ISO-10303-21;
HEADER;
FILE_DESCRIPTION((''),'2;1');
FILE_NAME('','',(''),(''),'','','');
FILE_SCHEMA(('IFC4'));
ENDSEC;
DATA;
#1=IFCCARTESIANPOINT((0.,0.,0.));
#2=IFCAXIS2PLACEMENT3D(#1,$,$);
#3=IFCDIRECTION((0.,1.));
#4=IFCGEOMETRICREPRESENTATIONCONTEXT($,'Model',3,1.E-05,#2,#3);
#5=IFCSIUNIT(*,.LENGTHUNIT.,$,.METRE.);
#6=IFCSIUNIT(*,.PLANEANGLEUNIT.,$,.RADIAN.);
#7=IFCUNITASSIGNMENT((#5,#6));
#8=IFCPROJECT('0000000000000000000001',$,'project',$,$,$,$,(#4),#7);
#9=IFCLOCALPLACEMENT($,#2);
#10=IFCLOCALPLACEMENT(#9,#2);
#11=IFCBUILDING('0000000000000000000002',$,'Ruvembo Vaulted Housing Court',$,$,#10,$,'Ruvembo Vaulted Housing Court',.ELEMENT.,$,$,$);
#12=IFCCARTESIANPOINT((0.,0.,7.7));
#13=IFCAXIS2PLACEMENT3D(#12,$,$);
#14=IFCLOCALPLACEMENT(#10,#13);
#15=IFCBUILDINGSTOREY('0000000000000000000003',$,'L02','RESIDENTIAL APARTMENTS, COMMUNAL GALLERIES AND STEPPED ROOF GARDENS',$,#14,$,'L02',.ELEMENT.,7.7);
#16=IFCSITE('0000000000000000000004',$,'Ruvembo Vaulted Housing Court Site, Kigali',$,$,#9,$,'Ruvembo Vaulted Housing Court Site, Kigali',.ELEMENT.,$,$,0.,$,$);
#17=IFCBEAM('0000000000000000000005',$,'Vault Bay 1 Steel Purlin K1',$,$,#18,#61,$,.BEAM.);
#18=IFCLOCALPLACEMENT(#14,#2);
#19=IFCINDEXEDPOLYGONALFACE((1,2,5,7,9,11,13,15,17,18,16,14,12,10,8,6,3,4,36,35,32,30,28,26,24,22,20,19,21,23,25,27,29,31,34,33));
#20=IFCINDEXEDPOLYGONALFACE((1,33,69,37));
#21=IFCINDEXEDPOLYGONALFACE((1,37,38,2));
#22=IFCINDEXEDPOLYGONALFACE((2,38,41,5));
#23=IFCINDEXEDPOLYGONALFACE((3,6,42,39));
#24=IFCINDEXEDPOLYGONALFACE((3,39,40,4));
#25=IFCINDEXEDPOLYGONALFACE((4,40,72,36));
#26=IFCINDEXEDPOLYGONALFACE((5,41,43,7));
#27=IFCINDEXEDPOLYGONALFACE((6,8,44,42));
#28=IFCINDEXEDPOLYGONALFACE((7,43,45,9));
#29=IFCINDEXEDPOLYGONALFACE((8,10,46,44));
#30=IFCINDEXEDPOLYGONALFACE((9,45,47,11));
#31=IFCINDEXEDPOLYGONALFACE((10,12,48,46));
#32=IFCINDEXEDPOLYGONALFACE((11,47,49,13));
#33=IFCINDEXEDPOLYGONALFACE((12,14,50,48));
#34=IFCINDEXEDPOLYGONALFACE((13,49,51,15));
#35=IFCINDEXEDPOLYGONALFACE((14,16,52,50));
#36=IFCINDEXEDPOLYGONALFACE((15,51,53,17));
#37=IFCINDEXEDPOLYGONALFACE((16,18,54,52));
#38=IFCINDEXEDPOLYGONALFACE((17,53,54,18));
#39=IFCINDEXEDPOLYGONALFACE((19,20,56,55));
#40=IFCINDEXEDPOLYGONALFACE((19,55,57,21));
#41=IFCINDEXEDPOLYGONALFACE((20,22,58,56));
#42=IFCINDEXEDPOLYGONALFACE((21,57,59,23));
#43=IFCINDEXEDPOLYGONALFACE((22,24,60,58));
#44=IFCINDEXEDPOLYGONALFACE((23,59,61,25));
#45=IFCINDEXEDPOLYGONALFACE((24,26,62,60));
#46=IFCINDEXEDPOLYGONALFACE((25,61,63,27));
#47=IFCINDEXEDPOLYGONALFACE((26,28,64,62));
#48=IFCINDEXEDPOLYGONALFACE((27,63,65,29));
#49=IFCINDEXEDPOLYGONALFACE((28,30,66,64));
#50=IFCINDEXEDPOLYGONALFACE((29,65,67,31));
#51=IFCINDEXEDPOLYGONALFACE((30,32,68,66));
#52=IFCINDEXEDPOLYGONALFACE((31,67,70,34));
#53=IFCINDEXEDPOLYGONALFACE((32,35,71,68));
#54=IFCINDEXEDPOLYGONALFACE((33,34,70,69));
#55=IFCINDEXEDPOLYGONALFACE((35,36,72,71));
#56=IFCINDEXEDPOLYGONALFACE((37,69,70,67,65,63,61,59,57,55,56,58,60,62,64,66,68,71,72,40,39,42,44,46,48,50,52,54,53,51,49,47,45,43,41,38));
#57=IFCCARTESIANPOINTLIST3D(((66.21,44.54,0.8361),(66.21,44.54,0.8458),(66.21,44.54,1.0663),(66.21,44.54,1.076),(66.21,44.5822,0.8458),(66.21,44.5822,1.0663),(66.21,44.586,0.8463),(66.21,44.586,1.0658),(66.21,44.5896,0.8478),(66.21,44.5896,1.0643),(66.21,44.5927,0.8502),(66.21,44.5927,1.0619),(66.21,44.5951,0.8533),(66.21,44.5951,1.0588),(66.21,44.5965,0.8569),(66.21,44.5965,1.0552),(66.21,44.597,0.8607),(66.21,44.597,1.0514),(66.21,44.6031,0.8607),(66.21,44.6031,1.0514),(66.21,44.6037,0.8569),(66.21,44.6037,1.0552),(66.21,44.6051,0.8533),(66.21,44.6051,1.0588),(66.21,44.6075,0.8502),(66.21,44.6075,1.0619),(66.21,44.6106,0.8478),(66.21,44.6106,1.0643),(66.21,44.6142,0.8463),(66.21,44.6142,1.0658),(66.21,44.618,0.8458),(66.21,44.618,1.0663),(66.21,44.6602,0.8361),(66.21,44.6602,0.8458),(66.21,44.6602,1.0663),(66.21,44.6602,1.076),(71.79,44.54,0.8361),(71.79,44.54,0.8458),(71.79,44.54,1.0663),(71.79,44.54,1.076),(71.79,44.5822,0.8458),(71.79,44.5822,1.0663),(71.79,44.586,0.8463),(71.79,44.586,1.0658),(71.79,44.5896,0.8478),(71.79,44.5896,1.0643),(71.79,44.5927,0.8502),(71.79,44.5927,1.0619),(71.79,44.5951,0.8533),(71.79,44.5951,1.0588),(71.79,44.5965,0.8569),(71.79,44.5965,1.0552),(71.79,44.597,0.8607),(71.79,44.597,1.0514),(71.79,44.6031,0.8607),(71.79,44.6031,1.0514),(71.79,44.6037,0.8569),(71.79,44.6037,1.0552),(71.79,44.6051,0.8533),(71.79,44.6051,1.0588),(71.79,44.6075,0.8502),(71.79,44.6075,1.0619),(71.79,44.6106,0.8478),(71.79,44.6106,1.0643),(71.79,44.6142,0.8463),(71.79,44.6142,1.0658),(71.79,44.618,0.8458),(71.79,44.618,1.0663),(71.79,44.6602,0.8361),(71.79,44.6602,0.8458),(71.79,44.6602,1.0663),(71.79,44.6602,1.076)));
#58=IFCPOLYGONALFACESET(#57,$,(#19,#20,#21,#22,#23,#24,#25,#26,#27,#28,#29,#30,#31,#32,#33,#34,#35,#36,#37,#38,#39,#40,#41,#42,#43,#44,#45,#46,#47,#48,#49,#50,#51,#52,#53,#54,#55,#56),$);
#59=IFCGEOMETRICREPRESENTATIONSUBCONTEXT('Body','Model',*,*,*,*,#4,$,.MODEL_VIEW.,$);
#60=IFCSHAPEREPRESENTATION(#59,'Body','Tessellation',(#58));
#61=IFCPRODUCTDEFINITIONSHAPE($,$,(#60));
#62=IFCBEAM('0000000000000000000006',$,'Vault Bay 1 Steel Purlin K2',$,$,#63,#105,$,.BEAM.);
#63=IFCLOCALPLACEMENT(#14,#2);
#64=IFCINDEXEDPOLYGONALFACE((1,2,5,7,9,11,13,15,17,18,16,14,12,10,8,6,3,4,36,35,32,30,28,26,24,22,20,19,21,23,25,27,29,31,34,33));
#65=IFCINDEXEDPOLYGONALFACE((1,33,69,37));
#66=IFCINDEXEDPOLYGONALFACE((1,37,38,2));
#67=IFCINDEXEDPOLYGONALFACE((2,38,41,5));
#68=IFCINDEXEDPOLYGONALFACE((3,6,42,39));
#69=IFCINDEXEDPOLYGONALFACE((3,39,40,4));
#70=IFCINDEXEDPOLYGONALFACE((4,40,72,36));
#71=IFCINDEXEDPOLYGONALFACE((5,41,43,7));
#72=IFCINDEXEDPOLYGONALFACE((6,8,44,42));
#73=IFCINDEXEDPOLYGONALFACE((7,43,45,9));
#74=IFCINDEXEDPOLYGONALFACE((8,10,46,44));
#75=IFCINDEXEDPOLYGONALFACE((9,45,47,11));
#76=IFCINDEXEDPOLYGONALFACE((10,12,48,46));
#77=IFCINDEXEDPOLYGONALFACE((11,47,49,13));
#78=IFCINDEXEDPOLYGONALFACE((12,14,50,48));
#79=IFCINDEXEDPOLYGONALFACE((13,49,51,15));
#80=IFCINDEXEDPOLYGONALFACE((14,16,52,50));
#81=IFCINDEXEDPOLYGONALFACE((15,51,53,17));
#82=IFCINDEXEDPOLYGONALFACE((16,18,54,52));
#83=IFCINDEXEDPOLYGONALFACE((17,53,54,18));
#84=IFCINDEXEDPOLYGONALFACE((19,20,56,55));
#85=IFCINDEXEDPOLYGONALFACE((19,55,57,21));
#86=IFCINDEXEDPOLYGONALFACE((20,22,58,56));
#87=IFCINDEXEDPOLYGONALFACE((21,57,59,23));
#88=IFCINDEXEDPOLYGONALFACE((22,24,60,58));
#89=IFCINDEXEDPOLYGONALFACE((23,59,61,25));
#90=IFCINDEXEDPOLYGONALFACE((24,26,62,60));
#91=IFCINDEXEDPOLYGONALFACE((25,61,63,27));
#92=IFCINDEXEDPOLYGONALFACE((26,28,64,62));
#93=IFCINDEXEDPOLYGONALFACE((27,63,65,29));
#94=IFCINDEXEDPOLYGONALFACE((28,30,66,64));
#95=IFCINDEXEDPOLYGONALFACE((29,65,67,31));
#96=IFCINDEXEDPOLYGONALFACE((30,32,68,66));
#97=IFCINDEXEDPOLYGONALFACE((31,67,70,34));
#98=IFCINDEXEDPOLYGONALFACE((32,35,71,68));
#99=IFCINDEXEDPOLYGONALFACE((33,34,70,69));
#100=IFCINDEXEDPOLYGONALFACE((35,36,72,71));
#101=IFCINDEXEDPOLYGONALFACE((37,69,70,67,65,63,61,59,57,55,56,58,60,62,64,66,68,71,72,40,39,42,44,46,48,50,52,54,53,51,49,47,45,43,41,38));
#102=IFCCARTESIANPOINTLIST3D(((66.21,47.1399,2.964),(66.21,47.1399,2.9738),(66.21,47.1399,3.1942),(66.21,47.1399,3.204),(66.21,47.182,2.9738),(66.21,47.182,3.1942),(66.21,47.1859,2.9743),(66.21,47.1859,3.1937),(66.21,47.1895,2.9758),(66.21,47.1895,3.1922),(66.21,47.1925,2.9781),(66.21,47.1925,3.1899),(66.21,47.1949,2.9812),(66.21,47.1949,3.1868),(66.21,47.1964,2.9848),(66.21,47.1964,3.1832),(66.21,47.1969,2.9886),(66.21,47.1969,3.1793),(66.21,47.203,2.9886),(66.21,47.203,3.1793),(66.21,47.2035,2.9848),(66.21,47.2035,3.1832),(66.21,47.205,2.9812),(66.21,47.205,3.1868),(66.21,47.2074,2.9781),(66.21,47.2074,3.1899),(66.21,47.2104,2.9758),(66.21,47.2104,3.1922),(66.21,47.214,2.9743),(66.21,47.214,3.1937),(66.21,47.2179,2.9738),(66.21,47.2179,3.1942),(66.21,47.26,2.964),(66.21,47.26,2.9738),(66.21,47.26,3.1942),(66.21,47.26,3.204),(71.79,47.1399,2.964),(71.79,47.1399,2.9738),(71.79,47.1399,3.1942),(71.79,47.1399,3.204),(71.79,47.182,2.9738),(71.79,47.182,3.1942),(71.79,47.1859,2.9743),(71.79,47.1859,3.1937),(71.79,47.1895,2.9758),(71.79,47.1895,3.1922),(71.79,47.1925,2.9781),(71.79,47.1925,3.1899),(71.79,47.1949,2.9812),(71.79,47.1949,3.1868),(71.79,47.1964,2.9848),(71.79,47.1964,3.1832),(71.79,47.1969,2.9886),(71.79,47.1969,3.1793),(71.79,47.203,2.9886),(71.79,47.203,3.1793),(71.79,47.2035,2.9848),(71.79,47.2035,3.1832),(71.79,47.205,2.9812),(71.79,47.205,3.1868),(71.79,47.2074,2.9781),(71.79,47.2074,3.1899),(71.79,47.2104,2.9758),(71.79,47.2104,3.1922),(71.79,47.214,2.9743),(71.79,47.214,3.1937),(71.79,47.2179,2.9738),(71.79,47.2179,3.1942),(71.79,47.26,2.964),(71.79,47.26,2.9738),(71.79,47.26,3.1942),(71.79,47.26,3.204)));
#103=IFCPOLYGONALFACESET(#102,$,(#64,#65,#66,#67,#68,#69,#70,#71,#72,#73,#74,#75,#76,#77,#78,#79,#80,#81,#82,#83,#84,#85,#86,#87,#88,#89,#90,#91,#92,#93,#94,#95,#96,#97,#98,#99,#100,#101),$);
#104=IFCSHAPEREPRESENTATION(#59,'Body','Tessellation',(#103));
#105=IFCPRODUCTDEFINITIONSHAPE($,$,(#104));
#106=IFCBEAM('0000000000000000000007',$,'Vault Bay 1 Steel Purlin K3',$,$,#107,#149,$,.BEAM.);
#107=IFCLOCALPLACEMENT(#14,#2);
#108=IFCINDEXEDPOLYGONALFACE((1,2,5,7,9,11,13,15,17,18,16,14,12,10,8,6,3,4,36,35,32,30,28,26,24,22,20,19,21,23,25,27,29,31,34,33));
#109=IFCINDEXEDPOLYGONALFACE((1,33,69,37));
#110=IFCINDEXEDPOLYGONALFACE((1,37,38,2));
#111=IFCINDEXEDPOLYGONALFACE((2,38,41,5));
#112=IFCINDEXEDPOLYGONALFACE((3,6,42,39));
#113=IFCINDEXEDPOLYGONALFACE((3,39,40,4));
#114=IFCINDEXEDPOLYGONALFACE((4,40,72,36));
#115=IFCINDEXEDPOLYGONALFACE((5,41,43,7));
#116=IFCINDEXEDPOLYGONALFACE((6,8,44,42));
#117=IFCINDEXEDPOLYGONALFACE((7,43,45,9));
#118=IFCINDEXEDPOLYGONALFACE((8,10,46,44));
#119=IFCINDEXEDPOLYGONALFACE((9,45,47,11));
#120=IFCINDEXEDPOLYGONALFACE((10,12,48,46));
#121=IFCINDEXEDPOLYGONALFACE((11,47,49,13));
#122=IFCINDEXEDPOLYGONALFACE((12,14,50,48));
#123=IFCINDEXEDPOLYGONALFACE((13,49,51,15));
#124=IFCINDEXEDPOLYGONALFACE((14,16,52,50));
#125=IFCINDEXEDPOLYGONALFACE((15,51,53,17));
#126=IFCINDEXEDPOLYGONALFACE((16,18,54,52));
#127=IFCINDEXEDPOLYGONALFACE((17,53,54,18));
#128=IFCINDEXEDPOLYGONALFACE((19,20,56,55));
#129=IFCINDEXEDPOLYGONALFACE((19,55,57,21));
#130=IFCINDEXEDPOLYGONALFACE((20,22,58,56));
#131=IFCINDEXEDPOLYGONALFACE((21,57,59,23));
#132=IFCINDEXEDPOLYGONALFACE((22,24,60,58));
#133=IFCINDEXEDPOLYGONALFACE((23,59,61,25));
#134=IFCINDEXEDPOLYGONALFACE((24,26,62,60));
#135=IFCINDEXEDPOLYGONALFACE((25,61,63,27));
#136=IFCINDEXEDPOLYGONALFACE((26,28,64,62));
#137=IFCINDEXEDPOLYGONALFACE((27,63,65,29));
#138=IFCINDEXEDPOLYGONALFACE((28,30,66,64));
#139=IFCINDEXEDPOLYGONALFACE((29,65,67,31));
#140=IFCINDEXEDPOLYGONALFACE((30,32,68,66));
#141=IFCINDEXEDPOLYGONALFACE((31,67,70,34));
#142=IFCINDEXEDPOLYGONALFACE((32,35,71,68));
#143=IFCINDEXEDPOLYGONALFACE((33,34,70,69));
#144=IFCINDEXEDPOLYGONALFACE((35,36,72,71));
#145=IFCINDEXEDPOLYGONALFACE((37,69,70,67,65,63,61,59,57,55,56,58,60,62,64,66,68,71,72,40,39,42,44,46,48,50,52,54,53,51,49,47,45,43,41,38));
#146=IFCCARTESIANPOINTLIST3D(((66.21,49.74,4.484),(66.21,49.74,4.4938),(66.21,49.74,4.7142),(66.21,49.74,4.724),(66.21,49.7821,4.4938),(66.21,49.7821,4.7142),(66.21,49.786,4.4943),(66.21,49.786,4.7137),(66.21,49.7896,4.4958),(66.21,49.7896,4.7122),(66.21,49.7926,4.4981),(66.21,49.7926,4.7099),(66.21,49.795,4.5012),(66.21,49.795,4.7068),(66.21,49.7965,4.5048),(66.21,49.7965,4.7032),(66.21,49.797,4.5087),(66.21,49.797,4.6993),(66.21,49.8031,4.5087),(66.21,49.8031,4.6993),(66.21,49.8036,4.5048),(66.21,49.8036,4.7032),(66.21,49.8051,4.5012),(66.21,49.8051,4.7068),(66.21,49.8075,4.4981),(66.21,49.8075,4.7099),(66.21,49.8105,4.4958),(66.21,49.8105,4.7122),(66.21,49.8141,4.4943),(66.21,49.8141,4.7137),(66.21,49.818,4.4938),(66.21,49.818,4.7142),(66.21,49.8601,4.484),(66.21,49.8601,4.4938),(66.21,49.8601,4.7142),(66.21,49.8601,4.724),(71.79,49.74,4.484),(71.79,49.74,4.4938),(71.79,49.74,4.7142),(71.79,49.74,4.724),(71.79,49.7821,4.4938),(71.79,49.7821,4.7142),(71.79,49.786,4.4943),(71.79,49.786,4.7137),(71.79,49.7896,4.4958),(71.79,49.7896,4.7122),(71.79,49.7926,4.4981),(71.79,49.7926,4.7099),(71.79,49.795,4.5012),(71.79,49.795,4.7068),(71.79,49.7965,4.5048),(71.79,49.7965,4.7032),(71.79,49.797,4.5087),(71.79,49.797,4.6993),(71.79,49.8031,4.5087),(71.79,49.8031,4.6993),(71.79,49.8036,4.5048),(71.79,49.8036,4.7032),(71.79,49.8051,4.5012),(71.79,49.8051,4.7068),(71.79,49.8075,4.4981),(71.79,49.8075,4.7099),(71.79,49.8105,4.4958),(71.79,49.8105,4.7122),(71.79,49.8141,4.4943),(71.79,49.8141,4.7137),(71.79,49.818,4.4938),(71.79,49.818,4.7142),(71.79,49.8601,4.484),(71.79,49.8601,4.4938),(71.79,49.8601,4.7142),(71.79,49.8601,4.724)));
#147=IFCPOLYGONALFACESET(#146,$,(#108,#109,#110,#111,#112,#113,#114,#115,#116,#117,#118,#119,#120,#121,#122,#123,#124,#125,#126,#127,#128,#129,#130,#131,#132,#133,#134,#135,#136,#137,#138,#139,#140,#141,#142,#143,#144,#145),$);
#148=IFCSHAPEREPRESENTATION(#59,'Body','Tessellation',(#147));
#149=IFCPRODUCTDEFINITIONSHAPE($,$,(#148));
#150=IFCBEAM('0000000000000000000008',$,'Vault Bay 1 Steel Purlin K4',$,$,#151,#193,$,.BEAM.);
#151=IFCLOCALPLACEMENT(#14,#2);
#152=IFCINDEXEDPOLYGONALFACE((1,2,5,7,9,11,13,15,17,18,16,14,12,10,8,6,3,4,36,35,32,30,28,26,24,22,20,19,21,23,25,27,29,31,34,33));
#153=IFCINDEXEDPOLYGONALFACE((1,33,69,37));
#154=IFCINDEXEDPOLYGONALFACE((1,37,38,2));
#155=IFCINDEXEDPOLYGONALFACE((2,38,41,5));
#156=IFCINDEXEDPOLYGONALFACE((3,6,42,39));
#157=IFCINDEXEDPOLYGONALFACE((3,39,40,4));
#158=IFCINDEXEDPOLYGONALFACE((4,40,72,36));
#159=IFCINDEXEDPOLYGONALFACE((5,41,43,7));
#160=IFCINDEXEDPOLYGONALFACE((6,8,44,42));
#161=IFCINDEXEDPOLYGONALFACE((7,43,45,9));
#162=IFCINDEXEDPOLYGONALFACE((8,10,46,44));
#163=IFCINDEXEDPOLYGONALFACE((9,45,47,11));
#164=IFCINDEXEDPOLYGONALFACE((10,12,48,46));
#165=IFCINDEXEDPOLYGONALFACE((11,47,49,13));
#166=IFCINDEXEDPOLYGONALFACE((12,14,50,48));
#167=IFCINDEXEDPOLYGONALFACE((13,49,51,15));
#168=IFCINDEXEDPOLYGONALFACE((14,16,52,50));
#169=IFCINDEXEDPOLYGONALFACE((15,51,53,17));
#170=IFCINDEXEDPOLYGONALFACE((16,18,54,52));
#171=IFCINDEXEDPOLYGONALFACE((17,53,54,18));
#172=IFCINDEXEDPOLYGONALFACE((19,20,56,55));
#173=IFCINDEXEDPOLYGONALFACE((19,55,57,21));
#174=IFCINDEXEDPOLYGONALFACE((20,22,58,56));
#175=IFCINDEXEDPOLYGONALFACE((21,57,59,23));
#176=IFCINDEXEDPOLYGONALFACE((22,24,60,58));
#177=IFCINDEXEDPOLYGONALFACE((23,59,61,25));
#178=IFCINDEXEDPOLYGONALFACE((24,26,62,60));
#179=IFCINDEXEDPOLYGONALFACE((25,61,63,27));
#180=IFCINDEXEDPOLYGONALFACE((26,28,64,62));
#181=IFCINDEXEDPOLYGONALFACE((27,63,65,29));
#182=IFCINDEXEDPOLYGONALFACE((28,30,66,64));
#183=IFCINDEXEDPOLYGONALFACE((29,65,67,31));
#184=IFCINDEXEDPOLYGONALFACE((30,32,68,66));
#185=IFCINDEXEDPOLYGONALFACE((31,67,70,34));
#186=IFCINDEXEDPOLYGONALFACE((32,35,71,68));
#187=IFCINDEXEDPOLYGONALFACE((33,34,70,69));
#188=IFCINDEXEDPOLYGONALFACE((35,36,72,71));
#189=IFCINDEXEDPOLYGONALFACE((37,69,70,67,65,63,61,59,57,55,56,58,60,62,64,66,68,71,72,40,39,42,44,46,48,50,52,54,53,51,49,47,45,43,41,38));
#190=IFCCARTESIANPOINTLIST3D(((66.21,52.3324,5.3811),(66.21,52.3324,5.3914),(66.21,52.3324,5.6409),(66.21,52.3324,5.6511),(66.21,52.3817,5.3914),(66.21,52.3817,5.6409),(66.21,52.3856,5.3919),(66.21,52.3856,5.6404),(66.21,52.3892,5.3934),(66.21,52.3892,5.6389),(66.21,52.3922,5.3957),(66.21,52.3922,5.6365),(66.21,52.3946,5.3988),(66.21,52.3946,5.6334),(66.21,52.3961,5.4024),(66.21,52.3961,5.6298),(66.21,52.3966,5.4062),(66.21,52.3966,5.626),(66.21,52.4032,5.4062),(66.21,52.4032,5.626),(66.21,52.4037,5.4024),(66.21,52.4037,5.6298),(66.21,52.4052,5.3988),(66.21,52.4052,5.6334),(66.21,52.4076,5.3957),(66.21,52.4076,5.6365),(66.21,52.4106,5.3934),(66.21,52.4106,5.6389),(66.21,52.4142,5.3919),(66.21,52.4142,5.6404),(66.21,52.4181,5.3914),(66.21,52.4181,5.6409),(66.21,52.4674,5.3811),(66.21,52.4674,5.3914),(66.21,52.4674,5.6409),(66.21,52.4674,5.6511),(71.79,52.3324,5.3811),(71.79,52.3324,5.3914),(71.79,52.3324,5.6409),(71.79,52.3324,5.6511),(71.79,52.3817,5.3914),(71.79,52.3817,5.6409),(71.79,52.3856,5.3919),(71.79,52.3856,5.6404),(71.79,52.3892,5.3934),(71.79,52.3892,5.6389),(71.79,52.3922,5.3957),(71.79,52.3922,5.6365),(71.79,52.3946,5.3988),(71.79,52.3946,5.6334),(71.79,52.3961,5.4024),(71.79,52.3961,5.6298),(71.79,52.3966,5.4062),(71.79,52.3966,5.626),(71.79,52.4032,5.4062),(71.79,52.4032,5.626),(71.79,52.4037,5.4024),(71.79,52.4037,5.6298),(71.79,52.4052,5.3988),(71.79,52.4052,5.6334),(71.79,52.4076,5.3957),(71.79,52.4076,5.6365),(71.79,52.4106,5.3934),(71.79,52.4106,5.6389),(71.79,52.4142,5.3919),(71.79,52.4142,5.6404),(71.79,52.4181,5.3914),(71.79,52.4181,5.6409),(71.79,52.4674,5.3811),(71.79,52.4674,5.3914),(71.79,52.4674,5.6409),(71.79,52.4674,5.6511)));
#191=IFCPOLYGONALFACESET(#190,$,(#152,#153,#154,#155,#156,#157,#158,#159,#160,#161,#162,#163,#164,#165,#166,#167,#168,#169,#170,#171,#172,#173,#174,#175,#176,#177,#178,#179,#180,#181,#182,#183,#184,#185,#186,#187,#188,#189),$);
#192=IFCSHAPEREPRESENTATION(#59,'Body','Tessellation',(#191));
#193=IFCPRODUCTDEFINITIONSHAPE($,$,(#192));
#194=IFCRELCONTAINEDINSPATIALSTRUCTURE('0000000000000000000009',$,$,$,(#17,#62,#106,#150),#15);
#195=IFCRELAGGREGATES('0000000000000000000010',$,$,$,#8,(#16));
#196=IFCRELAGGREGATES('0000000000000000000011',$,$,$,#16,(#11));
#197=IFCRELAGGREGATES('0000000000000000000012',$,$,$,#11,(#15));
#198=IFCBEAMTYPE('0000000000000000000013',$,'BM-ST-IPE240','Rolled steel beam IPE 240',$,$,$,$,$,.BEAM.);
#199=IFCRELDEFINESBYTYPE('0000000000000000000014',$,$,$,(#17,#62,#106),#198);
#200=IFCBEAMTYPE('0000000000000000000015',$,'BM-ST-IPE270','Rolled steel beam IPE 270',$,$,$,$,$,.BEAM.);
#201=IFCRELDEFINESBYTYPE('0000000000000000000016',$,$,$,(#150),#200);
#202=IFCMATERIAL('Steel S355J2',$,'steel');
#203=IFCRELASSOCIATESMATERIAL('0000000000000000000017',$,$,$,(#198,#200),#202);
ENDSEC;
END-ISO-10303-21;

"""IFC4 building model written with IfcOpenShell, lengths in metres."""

from ifc_helpers import new_model, si_unit, direction, frame, origin, origin_2d, place, context, subcontext, project, spatial, i_section, extrude, material, material_profile, profile_set, type_object, element, save


model = new_model("IFC4")

# Units and contexts
model_context = context("Model", 3, precision=1e-05, world=origin(), true_north=direction((0.0, 1.0)))
body_context = subcontext(model_context, "Body", "Model", "MODEL_VIEW")
ifc_project = project(units=[si_unit("LENGTHUNIT", "METRE"), si_unit("PLANEANGLEUNIT", "RADIAN")], contexts=[model_context])

# Site, building, storey
site_placement = place(None, origin())
site = spatial("IfcSite", under=ifc_project, at=site_placement, Name="Ruvembo Vaulted Housing Court Site, Kigali", LongName="Ruvembo Vaulted Housing Court Site, Kigali", CompositionType="ELEMENT", RefElevation=0.0)
building_placement = place(site_placement, origin())
building = spatial("IfcBuilding", under=site, at=building_placement, Name="Ruvembo Vaulted Housing Court", LongName="Ruvembo Vaulted Housing Court", CompositionType="ELEMENT")
storey_placement = place(building_placement, frame((0.0, 0.0, 7.7)))
storey = spatial("IfcBuildingStorey", under=building, at=storey_placement, Name="L02", Description="RESIDENTIAL APARTMENTS, COMMUNAL GALLERIES AND STEPPED ROOF GARDENS", LongName="L02", CompositionType="ELEMENT", Elevation=7.7)

# Beams
ifc_material_1 = material(Name="Steel S355J2", Category="steel")
ifc_material_profile_1 = material_profile(ifc_material_1, i_section(OverallWidth=0.1201, OverallDepth=0.24, WebThickness=0.0061, FlangeThickness=0.0098, FilletRadius=0.0149, at=origin_2d()), Name="IPE 240")
ifc_profile_set_1 = profile_set([ifc_material_profile_1], Name="Steel S355J2")
beam_type_1 = type_object("IfcBeamType", Name="BM-ST-IPE240", Description="Rolled steel beam IPE 240", PredefinedType="BEAM", material=ifc_profile_set_1)
for number, where, z_axis, x_axis, name in (
    (1, (66.21, 44.6001, 0.9561), (1.0, 0.0, 0.0), (0.0, 1.0, 0.0), "Vault Bay 1 Steel Purlin K1"),
    (2, (66.21, 47.2, 3.084), (1.0, 0.0, 0.0), (0.0, 1.0, 0.0), "Vault Bay 1 Steel Purlin K2"),
    (3, (66.21, 49.8, 4.604), (1.0, 0.0, 0.0), (0.0, 1.0, 0.0), "Vault Bay 1 Steel Purlin K3"),
):
    element("IfcBeam", number, at=place(storey_placement, frame(where, z_axis=z_axis, x_axis=x_axis)), inside=storey, type_object=beam_type_1, Name=name, PredefinedType="BEAM", context=body_context, shape_type="SweptSolid", body=[
        extrude(i_section(OverallWidth=0.1201, OverallDepth=0.24, WebThickness=0.0061, FlangeThickness=0.0098, FilletRadius=0.0149, at=origin_2d()), origin(), (0.0, 0.0, 1.0), 5.5801),
    ])
ifc_material_profile_2 = material_profile(ifc_material_1, i_section(OverallWidth=0.135, OverallDepth=0.27, WebThickness=0.0066, FlangeThickness=0.0103, FilletRadius=0.0149, at=origin_2d()), Name="IPE 270")
ifc_profile_set_2 = profile_set([ifc_material_profile_2], Name="Steel S355J2")
beam_type_2 = type_object("IfcBeamType", Name="BM-ST-IPE270", Description="Rolled steel beam IPE 270", PredefinedType="BEAM", material=ifc_profile_set_2)
for number, where, z_axis, x_axis, name in (
    (4, (66.21, 52.3999, 5.5161), (1.0, 0.0, 0.0), (0.0, 1.0, 0.0), "Vault Bay 1 Steel Purlin K4"),
):
    element("IfcBeam", number, at=place(storey_placement, frame(where, z_axis=z_axis, x_axis=x_axis)), inside=storey, type_object=beam_type_2, Name=name, PredefinedType="BEAM", context=body_context, shape_type="SweptSolid", body=[
        extrude(i_section(OverallWidth=0.135, OverallDepth=0.27, WebThickness=0.0066, FlangeThickness=0.0103, FilletRadius=0.0149, at=origin_2d()), origin(), (0.0, 0.0, 1.0), 5.5801),
    ])

save(model, "model.ifc")
